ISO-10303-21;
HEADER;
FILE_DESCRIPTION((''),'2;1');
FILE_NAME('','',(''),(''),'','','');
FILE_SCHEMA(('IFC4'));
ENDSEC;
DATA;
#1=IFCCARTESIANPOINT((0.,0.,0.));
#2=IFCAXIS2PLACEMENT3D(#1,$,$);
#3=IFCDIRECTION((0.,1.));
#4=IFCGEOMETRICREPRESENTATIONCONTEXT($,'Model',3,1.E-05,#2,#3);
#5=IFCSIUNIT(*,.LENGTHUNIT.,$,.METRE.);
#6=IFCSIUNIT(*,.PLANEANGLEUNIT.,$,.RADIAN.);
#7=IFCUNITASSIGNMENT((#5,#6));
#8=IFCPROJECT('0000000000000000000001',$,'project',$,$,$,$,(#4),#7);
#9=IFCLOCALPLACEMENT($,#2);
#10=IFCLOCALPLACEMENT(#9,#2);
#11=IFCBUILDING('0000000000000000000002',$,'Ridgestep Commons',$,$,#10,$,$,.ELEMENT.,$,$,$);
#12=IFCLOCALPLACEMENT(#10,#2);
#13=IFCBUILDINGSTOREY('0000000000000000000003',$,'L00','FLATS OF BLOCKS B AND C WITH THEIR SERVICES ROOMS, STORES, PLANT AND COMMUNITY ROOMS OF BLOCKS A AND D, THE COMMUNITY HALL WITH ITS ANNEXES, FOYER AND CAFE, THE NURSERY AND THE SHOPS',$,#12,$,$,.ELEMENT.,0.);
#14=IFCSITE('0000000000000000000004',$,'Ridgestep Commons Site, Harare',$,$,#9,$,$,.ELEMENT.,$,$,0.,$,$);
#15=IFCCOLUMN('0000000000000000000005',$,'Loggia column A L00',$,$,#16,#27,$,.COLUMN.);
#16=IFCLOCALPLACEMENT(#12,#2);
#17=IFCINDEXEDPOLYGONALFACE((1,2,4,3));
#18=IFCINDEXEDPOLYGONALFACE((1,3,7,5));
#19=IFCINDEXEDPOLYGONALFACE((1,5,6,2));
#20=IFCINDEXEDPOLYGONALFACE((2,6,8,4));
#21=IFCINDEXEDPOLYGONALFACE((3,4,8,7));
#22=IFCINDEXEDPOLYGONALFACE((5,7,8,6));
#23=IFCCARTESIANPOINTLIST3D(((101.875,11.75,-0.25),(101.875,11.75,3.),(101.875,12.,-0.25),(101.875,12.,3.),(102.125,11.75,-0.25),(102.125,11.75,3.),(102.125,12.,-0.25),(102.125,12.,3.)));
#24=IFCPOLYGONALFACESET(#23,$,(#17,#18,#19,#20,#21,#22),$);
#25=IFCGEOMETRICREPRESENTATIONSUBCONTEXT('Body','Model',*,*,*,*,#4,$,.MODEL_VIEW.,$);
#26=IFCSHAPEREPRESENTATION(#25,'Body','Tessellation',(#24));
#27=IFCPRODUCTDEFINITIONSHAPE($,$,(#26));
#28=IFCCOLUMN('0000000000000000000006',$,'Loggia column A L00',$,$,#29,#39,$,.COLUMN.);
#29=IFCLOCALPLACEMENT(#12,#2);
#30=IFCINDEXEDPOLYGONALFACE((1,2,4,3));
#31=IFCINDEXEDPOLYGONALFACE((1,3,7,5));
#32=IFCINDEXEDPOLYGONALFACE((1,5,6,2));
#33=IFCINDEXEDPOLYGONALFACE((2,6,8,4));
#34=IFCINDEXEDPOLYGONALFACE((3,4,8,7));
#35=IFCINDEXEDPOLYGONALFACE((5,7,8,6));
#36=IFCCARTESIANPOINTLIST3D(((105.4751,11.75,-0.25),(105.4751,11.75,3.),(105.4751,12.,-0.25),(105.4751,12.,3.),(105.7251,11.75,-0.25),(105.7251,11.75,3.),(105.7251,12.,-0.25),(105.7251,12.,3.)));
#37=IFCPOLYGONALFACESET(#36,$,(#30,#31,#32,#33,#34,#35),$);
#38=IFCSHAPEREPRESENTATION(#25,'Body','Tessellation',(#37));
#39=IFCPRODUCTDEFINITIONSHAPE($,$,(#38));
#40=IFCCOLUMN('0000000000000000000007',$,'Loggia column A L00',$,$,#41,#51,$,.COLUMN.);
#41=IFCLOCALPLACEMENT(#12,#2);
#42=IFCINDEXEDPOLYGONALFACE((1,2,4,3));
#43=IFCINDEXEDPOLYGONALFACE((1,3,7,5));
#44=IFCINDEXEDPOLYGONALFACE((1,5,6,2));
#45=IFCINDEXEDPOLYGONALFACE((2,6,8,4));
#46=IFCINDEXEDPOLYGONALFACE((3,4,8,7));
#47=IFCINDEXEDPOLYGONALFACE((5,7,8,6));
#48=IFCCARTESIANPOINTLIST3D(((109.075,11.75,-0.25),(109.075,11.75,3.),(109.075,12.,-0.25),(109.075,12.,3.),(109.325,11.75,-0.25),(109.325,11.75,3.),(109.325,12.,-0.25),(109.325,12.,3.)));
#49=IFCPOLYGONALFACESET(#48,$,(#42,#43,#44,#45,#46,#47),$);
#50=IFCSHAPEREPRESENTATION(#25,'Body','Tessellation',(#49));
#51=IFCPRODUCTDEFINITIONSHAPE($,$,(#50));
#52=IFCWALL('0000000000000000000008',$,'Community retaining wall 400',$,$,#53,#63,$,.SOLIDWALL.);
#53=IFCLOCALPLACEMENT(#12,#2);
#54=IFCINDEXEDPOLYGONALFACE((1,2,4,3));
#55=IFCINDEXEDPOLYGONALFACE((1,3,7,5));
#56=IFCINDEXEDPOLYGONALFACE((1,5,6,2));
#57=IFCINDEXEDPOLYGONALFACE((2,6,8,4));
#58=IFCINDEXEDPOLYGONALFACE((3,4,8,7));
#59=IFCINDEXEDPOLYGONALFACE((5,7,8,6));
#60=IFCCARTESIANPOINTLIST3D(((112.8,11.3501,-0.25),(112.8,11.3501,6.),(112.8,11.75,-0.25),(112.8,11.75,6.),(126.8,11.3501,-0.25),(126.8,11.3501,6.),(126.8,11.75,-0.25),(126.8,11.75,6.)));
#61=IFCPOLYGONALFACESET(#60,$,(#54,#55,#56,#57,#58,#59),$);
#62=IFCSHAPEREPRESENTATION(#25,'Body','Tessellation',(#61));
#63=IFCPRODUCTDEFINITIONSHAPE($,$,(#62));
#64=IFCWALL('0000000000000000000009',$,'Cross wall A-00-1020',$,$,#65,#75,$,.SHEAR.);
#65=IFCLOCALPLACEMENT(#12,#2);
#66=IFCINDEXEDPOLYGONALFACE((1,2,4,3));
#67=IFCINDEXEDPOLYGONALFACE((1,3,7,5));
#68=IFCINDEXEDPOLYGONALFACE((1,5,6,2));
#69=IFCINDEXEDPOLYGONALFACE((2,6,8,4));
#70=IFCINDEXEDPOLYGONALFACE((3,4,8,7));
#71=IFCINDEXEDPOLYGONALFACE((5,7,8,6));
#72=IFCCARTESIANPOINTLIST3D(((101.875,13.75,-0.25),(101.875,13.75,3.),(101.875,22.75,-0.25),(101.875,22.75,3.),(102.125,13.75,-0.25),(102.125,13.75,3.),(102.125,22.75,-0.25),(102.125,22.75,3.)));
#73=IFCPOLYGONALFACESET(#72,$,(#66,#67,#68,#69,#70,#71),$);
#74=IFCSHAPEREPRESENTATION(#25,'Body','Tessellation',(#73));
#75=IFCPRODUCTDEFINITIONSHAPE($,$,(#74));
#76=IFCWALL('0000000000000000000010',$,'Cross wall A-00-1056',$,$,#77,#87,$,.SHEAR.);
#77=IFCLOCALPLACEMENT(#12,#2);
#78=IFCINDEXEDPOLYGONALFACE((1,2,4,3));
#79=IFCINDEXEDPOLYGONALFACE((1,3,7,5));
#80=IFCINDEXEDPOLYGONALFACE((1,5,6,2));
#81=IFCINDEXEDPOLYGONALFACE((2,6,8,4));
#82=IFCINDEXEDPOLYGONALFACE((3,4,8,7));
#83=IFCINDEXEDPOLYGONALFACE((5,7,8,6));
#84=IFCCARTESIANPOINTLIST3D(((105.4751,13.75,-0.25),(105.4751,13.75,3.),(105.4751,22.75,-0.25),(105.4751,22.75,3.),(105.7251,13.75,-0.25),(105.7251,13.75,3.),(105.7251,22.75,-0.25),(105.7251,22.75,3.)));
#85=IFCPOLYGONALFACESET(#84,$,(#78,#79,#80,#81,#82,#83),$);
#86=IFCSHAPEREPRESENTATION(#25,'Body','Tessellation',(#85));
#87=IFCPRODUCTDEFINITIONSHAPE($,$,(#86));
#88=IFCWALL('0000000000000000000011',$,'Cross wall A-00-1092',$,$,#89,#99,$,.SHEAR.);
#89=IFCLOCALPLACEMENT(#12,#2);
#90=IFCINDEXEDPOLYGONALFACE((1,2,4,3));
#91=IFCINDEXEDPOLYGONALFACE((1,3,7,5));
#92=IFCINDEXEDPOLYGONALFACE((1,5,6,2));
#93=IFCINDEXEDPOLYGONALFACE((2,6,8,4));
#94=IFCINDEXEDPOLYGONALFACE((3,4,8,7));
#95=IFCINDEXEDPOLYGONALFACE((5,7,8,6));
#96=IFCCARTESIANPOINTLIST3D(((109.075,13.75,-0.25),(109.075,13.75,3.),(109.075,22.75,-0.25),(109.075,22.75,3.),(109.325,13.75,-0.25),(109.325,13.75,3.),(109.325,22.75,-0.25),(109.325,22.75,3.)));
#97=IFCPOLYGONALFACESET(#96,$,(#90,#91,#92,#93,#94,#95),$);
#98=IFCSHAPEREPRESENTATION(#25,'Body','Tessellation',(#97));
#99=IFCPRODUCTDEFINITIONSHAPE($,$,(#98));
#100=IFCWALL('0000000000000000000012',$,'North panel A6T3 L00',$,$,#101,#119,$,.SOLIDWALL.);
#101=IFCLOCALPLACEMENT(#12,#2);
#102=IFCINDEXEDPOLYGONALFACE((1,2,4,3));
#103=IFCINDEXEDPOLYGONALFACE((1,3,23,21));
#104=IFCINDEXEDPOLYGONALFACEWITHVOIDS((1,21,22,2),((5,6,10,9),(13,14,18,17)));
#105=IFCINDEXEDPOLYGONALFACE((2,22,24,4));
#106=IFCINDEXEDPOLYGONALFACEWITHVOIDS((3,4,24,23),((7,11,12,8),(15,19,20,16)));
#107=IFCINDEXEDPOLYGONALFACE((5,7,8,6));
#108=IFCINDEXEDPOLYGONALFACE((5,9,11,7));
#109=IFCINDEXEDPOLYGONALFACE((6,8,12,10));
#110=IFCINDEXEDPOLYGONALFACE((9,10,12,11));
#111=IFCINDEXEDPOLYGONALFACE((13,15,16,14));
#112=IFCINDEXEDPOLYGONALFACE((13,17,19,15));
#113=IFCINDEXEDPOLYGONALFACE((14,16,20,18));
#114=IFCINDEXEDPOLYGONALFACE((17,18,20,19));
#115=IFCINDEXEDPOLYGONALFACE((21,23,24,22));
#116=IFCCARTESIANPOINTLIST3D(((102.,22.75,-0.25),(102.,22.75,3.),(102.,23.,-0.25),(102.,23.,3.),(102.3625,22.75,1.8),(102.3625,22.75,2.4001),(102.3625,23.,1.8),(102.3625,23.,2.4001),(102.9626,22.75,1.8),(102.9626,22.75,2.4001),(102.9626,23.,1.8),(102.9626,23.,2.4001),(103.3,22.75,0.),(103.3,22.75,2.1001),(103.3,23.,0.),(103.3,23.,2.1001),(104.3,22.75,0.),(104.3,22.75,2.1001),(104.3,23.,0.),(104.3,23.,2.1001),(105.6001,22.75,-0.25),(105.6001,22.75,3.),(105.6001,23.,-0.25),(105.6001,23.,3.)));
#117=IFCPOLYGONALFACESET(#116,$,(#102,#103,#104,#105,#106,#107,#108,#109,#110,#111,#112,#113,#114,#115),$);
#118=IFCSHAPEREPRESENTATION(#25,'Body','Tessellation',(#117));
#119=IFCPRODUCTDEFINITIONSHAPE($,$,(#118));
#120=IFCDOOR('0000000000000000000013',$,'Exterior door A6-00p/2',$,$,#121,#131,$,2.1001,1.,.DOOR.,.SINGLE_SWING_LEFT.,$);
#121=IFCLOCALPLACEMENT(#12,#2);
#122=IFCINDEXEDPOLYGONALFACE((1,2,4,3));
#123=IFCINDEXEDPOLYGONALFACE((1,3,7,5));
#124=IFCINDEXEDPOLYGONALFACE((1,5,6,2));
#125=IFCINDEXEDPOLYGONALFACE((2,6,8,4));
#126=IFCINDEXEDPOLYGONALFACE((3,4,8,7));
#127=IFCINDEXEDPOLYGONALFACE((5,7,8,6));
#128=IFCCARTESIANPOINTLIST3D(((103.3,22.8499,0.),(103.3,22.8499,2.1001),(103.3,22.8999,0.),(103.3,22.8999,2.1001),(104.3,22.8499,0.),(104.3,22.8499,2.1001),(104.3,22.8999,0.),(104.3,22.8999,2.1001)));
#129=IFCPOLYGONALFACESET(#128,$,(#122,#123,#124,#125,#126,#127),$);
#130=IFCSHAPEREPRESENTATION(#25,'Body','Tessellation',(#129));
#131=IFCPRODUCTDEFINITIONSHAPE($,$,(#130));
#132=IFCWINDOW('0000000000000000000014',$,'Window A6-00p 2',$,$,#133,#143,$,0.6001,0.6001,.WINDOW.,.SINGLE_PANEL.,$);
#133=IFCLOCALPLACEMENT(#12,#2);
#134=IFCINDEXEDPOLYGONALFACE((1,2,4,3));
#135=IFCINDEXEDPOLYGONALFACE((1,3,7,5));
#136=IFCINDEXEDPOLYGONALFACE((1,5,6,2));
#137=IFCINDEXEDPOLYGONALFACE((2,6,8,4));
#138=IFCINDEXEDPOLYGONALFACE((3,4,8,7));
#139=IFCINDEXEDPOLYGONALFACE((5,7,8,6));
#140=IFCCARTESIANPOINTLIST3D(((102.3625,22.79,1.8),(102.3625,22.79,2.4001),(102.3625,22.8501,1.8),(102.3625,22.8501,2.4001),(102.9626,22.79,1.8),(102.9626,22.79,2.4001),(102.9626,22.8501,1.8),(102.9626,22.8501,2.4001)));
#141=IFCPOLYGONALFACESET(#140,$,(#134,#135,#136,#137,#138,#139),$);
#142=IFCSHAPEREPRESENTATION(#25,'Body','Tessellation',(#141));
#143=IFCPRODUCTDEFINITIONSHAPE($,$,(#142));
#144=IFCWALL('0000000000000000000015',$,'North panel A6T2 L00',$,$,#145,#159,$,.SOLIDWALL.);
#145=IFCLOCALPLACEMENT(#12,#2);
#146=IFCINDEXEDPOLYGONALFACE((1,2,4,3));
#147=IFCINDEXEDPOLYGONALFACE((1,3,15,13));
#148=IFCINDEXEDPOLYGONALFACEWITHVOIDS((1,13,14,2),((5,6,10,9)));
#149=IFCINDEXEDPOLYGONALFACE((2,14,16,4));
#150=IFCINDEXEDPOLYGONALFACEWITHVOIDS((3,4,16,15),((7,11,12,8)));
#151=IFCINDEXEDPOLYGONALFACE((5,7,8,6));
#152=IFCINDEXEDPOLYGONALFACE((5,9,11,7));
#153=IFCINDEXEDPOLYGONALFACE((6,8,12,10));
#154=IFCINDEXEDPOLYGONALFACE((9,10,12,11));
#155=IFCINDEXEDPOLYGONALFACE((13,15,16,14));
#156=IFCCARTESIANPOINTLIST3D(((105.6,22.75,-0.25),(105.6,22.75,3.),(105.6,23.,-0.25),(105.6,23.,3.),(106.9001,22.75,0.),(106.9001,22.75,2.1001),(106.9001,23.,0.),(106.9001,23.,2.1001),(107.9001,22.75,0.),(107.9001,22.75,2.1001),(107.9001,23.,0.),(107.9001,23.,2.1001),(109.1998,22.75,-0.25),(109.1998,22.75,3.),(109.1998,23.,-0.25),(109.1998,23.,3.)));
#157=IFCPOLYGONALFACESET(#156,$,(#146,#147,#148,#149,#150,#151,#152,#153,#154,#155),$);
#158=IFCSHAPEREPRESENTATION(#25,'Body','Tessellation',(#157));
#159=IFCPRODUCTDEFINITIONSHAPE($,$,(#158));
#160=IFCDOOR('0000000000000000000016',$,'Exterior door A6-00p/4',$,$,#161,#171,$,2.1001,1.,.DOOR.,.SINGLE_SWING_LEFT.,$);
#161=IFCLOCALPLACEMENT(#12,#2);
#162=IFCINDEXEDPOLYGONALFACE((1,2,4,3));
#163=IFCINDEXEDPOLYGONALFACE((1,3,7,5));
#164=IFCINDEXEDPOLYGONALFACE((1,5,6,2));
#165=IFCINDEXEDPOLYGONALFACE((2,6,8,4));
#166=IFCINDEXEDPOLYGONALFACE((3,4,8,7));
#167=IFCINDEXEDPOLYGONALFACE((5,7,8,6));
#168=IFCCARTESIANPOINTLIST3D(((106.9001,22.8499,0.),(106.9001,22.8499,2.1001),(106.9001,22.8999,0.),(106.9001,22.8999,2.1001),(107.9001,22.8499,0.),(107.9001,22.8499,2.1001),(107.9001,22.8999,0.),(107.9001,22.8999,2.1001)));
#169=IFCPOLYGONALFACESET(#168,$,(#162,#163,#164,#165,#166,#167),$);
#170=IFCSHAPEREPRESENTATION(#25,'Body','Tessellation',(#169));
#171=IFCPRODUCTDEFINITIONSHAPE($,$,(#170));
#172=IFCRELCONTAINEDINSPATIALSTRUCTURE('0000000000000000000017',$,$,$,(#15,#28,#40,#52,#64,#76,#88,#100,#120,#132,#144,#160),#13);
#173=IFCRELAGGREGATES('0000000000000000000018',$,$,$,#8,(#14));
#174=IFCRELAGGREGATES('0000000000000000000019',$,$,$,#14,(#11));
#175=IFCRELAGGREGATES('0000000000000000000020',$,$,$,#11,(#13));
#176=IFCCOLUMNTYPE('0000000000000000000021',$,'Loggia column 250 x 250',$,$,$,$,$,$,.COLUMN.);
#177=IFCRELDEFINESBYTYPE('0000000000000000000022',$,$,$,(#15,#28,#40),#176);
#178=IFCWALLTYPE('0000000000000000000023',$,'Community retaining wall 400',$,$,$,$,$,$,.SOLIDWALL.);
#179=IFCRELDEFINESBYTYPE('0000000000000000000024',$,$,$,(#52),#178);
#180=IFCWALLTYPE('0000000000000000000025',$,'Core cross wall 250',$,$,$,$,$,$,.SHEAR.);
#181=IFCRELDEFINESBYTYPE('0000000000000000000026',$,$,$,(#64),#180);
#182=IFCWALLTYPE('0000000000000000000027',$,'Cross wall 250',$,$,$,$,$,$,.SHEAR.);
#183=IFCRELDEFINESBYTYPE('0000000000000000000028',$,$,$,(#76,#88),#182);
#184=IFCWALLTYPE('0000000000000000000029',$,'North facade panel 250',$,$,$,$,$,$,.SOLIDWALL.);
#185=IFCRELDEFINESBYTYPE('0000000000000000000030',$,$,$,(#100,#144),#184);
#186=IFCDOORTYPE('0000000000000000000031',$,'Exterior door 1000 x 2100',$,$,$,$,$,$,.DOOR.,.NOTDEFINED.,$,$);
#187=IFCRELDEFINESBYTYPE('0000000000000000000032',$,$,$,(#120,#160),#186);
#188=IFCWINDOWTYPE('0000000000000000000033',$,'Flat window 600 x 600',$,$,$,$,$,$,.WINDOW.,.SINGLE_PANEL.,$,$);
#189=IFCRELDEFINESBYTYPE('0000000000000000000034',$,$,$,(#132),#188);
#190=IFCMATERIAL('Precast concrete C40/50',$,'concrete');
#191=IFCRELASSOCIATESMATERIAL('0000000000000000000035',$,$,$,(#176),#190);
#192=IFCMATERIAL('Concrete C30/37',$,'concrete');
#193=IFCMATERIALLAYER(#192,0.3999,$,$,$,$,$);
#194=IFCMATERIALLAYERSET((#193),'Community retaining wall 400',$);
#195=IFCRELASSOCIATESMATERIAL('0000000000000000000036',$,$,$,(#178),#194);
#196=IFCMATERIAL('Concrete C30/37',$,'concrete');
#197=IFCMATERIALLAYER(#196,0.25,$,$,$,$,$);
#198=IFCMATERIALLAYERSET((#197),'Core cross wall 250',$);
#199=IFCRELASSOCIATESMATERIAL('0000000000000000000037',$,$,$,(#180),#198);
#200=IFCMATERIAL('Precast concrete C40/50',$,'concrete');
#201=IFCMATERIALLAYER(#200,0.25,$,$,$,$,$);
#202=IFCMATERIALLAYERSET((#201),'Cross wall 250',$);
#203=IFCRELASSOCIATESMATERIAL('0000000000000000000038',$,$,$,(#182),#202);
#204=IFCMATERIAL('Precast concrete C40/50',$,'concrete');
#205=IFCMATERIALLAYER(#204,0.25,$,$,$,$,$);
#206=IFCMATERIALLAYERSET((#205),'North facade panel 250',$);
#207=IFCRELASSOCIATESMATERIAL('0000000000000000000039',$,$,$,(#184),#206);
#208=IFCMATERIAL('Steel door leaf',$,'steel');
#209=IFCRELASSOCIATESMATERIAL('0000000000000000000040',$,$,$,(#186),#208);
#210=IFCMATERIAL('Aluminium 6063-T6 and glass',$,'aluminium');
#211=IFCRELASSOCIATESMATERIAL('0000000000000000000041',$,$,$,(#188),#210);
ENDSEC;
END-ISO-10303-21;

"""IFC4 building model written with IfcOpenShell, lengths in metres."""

from ifc_helpers import new_model, si_unit, direction, frame, frame_2d, origin, origin_2d, place, context, subcontext, project, spatial, rectangle, extrude, material, layer, layer_set, material_profile, profile_set, type_object, element, fill, save


model = new_model("IFC4")

# Units and contexts
model_context = context("Model", 3, precision=1e-05, world=origin(), true_north=direction((0.0, 1.0)))
body_context = subcontext(model_context, "Body", "Model", "MODEL_VIEW")
ifc_project = project(units=[si_unit("LENGTHUNIT", "METRE"), si_unit("PLANEANGLEUNIT", "RADIAN")], contexts=[model_context])

# Site, building, storey
site_placement = place(None, origin())
site = spatial("IfcSite", under=ifc_project, at=site_placement, Name="Ridgestep Commons Site, Harare", CompositionType="ELEMENT", RefElevation=0.0)
building_placement = place(site_placement, origin())
building = spatial("IfcBuilding", under=site, at=building_placement, Name="Ridgestep Commons", CompositionType="ELEMENT")
storey_placement = place(building_placement, origin())
storey = spatial("IfcBuildingStorey", under=building, at=storey_placement, Name="L00", Description="FLATS OF BLOCKS B AND C WITH THEIR SERVICES ROOMS, STORES, PLANT AND COMMUNITY ROOMS OF BLOCKS A AND D, THE COMMUNITY HALL WITH ITS ANNEXES, FOYER AND CAFE, THE NURSERY AND THE SHOPS", CompositionType="ELEMENT", Elevation=0.0)

# Columns
ifc_material_1 = material(Name="Precast concrete C40/50", Category="concrete")
ifc_material_profile = material_profile(ifc_material_1, rectangle(XDim=0.25, YDim=0.25, at=origin_2d()), Name="PC 250x250")
ifc_profile_set = profile_set([ifc_material_profile], Name="Precast concrete C40/50")
column_type = type_object("IfcColumnType", Name="Loggia column 250 x 250", PredefinedType="COLUMN", material=ifc_profile_set)
for number, where, z_axis, x_axis, name in (
    (1, (102.0, 11.875, -0.25), (0.0, 0.0, 1.0), (1.0, 0.0, 0.0), "Loggia column A L00"),
    (2, (105.6001, 11.875, -0.25), (0.0, 0.0, 1.0), (1.0, 0.0, 0.0), "Loggia column A L00"),
    (3, (109.2, 11.875, -0.25), (0.0, 0.0, 1.0), (1.0, 0.0, 0.0), "Loggia column A L00"),
):
    element("IfcColumn", number, at=place(storey_placement, frame(where, z_axis=z_axis, x_axis=x_axis)), inside=storey, type_object=column_type, Name=name, PredefinedType="COLUMN", context=body_context, shape_type="SweptSolid", body=[
        extrude(rectangle(XDim=0.25, YDim=0.25, at=origin_2d()), origin(), (0.0, 0.0, 1.0), 3.25),
    ])

# Walls
ifc_material_2 = material(Name="Concrete C30/37", Category="concrete")
ifc_layer_1 = layer(ifc_material_2, 0.3999)
ifc_layer_set_1 = layer_set([ifc_layer_1], Name="Community retaining wall 400")
wall_type_1 = type_object("IfcWallType", Name="Community retaining wall 400", PredefinedType="SOLIDWALL", material=ifc_layer_set_1)
wall_1_placement = place(storey_placement, frame((112.8, 11.55, -0.25), z_axis=(0.0, 0.0, 1.0), x_axis=(1.0, 0.0, 0.0)))
element("IfcWall", 4, at=wall_1_placement, inside=storey, type_object=wall_type_1, Name="Community retaining wall 400", PredefinedType="SOLIDWALL", context=body_context, shape_type="SweptSolid", body=[
    extrude(rectangle(XDim=14.0, YDim=0.3999, at=frame_2d((7.0, 0.0))), origin(), (0.0, 0.0, 1.0), 6.25),
])
ifc_material_3 = material(Name="Concrete C30/37", Category="concrete")
ifc_layer_2 = layer(ifc_material_3, 0.25)
ifc_layer_set_2 = layer_set([ifc_layer_2], Name="Core cross wall 250")
wall_type_2 = type_object("IfcWallType", Name="Core cross wall 250", PredefinedType="SHEAR", material=ifc_layer_set_2)
wall_2_placement = place(storey_placement, frame((102.0, 13.75, -0.25), z_axis=(0.0, 0.0, 1.0), x_axis=(0.0, 1.0, 0.0)))
element("IfcWall", 5, at=wall_2_placement, inside=storey, type_object=wall_type_2, Name="Cross wall A-00-1020", PredefinedType="SHEAR", context=body_context, shape_type="SweptSolid", body=[
    extrude(rectangle(XDim=9.0, YDim=0.25, at=frame_2d((4.5, 0.0))), origin(), (0.0, 0.0, 1.0), 3.25),
])
ifc_material_4 = material(Name="Precast concrete C40/50", Category="concrete")
ifc_layer_3 = layer(ifc_material_4, 0.25)
ifc_layer_set_3 = layer_set([ifc_layer_3], Name="Cross wall 250")
wall_type_3 = type_object("IfcWallType", Name="Cross wall 250", PredefinedType="SHEAR", material=ifc_layer_set_3)
for number, where, z_axis, x_axis, name in (
    (6, (105.6001, 13.75, -0.25), (0.0, 0.0, 1.0), (0.0, 1.0, 0.0), "Cross wall A-00-1056"),
    (7, (109.2, 13.75, -0.25), (0.0, 0.0, 1.0), (0.0, 1.0, 0.0), "Cross wall A-00-1092"),
):
    element("IfcWall", number, at=place(storey_placement, frame(where, z_axis=z_axis, x_axis=x_axis)), inside=storey, type_object=wall_type_3, Name=name, PredefinedType="SHEAR", context=body_context, shape_type="SweptSolid", body=[
        extrude(rectangle(XDim=9.0, YDim=0.25, at=frame_2d((4.5, 0.0))), origin(), (0.0, 0.0, 1.0), 3.25),
    ])

# Wall, openings, door, window
ifc_material_5 = material(Name="Precast concrete C40/50", Category="concrete")
ifc_layer_4 = layer(ifc_material_5, 0.25)
ifc_layer_set_4 = layer_set([ifc_layer_4], Name="North facade panel 250")
wall_type_4 = type_object("IfcWallType", Name="North facade panel 250", PredefinedType="SOLIDWALL", material=ifc_layer_set_4)
wall_3_placement = place(storey_placement, frame((102.0, 22.875, -0.25), z_axis=(0.0, 0.0, 1.0), x_axis=(1.0, 0.0, 0.0)))
wall_3 = element("IfcWall", 8, at=wall_3_placement, inside=storey, type_object=wall_type_4, Name="North panel A6T3 L00", PredefinedType="SOLIDWALL", context=body_context, shape_type="SweptSolid", body=[
    extrude(rectangle(XDim=3.6001, YDim=0.25, at=frame_2d((1.8, 0.0))), origin(), (0.0, 0.0, 1.0), 3.25),
])
opening_1_placement = place(wall_3_placement, frame((0.3625, 0.0, 2.05)))
opening_1 = element("IfcOpeningElement", 9, at=opening_1_placement, cuts=wall_3, PredefinedType="OPENING", context=body_context, shape_type="SweptSolid", body=[
    extrude(rectangle(XDim=0.6001, YDim=0.6001, at=frame_2d((0.3, 0.3))), frame((0.0, 0.135, 0.0), z_axis=(0.0, -1.0, 0.0), x_axis=(1.0, 0.0, 0.0)), (0.0, 0.0, 1.0), 0.27),
])
opening_2_placement = place(wall_3_placement, frame((1.3, 0.0, 0.25)))
opening_2 = element("IfcOpeningElement", 10, at=opening_2_placement, cuts=wall_3, PredefinedType="OPENING", context=body_context, shape_type="SweptSolid", body=[
    extrude(rectangle(XDim=1.0, YDim=2.1001, at=frame_2d((0.5, 1.05))), frame((0.0, 0.135, 0.0), z_axis=(0.0, -1.0, 0.0), x_axis=(1.0, 0.0, 0.0)), (0.0, 0.0, 1.0), 0.27),
])
ifc_material_6 = material(Name="Steel door leaf", Category="steel")
door_type_1 = type_object("IfcDoorType", Name="Exterior door 1000 x 2100", OperationType="NOTDEFINED", PredefinedType="DOOR", material=ifc_material_6)
door_1_placement = place(opening_2_placement, origin())
door_1 = element("IfcDoor", 11, at=door_1_placement, inside=storey, type_object=door_type_1, Name="Exterior door A6-00p/2", OperationType="SINGLE_SWING_LEFT", OverallHeight=2.1001, OverallWidth=1.0, PredefinedType="DOOR", context=body_context, shape_type="SweptSolid", body=[
    extrude(rectangle(XDim=1.0, YDim=2.1001, at=frame_2d((0.5, 1.05))), frame((0.0, 0.0249, 0.0), z_axis=(0.0, -1.0, 0.0), x_axis=(1.0, 0.0, 0.0)), (0.0, 0.0, 1.0), 0.05),
])
fill(opening_2, door_1)
ifc_material_7 = material(Name="Aluminium 6063-T6 and glass", Category="aluminium")
window_type = type_object("IfcWindowType", Name="Flat window 600 x 600", PartitioningType="SINGLE_PANEL", PredefinedType="WINDOW", material=ifc_material_7)
window_1_placement = place(opening_1_placement, origin())
window_1 = element("IfcWindow", 12, at=window_1_placement, inside=storey, type_object=window_type, Name="Window A6-00p 2", OverallHeight=0.6001, OverallWidth=0.6001, PartitioningType="SINGLE_PANEL", PredefinedType="WINDOW", context=body_context, shape_type="SweptSolid", body=[
    extrude(rectangle(XDim=0.6001, YDim=0.6001, at=frame_2d((0.3, 0.3))), frame((0.0, -0.0249, 0.0), z_axis=(0.0, -1.0, 0.0), x_axis=(1.0, 0.0, 0.0)), (0.0, 0.0, 1.0), 0.0601),
])
fill(opening_1, window_1)

# Wall, opening, door
wall_4_placement = place(storey_placement, frame((105.6001, 22.875, -0.25), z_axis=(0.0, 0.0, 1.0), x_axis=(1.0, 0.0, 0.0)))
wall_4 = element("IfcWall", 13, at=wall_4_placement, inside=storey, type_object=wall_type_4, Name="North panel A6T2 L00", PredefinedType="SOLIDWALL", context=body_context, shape_type="SweptSolid", body=[
    extrude(rectangle(XDim=3.5999, YDim=0.25, at=frame_2d((1.7998, 0.0))), origin(), (0.0, 0.0, 1.0), 3.25),
])
opening_3_placement = place(wall_4_placement, frame((1.3, 0.0, 0.25)))
opening_3 = element("IfcOpeningElement", 14, at=opening_3_placement, cuts=wall_4, PredefinedType="OPENING", context=body_context, shape_type="SweptSolid", body=[
    extrude(rectangle(XDim=1.0, YDim=2.1001, at=frame_2d((0.5, 1.05))), frame((0.0, 0.135, 0.0), z_axis=(0.0, -1.0, 0.0), x_axis=(1.0, 0.0, 0.0)), (0.0, 0.0, 1.0), 0.27),
])
door_2_placement = place(opening_3_placement, origin())
door_2 = element("IfcDoor", 15, at=door_2_placement, inside=storey, type_object=door_type_1, Name="Exterior door A6-00p/4", OperationType="SINGLE_SWING_LEFT", OverallHeight=2.1001, OverallWidth=1.0, PredefinedType="DOOR", context=body_context, shape_type="SweptSolid", body=[
    extrude(rectangle(XDim=1.0, YDim=2.1001, at=frame_2d((0.5, 1.05))), frame((0.0, 0.0249, 0.0), z_axis=(0.0, -1.0, 0.0), x_axis=(1.0, 0.0, 0.0)), (0.0, 0.0, 1.0), 0.05),
])
fill(opening_3, door_2)

save(model, "model.ifc")
